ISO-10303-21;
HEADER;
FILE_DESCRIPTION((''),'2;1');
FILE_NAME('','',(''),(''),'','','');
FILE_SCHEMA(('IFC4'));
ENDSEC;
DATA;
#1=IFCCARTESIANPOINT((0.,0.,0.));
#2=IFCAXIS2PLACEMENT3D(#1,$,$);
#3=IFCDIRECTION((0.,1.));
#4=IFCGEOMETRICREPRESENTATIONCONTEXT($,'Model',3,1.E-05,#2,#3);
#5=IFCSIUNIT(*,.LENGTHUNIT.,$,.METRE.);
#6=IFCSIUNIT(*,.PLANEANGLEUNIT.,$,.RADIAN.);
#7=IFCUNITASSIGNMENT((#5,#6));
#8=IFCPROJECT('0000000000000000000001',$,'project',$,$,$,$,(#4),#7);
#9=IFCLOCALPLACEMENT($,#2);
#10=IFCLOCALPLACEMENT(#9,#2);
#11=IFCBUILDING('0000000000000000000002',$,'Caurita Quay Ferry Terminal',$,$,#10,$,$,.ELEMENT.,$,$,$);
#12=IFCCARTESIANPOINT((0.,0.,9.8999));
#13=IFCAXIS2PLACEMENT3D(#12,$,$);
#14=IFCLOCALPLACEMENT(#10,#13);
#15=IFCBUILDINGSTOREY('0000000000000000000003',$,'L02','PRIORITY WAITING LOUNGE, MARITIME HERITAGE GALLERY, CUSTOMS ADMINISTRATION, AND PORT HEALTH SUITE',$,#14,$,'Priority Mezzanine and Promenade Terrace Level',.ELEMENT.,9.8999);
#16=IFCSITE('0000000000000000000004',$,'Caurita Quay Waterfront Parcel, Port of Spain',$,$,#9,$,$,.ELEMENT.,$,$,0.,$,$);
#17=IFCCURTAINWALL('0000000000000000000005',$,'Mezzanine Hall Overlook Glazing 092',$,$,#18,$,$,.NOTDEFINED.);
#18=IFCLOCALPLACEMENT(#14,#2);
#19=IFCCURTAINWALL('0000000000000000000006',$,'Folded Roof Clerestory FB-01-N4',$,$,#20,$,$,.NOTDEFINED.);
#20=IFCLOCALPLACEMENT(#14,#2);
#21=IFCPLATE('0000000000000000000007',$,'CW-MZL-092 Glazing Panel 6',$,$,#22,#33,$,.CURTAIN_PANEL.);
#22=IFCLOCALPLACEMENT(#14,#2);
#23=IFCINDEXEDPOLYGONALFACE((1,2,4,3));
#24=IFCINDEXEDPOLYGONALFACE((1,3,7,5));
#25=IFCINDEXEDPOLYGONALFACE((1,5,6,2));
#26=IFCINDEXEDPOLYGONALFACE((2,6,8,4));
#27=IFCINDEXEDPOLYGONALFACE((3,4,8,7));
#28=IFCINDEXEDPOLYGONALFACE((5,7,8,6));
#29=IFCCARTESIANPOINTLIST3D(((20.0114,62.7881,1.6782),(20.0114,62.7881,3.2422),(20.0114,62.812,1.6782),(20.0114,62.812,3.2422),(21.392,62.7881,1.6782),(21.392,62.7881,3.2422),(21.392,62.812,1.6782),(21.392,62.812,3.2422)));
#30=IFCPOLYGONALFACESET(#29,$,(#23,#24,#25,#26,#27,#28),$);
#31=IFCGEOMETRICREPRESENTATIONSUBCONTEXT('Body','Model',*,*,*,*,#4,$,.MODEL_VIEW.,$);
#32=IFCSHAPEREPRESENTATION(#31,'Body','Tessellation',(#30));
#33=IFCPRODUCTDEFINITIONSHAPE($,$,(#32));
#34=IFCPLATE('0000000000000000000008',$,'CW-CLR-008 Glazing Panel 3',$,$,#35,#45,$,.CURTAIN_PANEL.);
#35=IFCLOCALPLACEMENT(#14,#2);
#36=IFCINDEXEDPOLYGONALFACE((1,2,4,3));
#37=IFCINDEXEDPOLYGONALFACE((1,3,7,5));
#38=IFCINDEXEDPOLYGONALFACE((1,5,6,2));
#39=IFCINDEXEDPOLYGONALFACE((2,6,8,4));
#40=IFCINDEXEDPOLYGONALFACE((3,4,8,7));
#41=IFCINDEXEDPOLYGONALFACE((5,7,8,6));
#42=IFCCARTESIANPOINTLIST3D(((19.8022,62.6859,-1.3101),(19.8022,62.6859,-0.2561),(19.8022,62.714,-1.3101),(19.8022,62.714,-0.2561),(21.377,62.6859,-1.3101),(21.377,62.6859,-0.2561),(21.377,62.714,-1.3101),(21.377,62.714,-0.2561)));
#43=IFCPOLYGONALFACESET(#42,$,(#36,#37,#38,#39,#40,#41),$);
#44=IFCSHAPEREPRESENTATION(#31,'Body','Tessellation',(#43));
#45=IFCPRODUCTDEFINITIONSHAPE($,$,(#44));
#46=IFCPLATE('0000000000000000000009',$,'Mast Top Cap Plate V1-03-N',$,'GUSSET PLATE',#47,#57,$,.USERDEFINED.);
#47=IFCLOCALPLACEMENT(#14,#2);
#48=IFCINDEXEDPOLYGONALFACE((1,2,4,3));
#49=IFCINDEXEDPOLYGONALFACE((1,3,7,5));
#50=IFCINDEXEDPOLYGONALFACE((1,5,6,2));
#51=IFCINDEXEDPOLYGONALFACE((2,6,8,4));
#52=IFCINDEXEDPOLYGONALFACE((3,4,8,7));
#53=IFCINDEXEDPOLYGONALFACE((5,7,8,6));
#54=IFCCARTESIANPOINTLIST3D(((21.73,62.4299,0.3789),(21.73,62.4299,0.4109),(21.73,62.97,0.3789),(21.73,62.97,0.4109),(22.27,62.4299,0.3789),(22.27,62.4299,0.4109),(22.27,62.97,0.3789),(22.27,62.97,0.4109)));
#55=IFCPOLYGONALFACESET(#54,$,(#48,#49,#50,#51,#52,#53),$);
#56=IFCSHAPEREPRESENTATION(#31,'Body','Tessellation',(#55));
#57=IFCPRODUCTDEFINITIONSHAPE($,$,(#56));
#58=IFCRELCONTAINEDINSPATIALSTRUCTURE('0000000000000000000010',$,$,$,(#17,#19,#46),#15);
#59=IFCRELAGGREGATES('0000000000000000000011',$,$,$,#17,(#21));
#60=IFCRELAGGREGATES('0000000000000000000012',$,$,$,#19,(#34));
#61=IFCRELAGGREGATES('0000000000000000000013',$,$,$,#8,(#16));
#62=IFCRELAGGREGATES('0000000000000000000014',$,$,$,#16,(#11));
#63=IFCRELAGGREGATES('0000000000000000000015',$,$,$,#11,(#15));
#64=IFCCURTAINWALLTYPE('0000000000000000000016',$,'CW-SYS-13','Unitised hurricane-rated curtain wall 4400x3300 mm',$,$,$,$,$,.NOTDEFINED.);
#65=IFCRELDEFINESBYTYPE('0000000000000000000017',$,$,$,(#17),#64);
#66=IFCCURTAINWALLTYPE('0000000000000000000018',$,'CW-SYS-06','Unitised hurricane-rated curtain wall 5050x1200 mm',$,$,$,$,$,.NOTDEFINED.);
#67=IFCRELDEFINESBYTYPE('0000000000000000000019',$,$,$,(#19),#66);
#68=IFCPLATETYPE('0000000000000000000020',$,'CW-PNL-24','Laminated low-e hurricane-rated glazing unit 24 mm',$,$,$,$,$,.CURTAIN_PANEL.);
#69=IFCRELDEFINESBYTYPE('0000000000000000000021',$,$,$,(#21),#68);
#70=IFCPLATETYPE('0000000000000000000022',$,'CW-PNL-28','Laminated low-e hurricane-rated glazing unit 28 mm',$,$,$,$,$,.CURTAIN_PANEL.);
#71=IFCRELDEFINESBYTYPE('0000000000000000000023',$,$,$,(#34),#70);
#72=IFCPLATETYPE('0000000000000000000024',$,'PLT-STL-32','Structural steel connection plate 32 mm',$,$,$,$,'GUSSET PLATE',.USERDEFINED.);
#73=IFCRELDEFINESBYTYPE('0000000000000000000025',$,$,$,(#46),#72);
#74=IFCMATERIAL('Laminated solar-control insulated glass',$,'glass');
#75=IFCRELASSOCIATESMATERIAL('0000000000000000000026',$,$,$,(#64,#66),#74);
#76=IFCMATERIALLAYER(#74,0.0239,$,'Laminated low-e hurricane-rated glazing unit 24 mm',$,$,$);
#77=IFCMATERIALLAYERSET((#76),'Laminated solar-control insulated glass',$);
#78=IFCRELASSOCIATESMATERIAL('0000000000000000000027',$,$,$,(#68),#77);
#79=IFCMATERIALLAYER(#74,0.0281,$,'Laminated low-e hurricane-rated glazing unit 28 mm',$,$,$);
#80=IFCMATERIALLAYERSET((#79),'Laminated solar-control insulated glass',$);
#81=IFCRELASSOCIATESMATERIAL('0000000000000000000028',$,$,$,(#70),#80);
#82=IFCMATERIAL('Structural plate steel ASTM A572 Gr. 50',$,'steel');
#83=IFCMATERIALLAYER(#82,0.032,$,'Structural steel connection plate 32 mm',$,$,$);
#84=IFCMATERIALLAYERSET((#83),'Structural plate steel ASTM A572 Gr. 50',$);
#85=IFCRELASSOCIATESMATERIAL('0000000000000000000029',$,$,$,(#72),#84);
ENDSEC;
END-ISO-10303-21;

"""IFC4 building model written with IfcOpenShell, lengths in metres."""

from ifc_helpers import new_model, si_unit, direction, frame, origin, origin_2d, place, context, subcontext, project, spatial, rectangle, extrude, material, layer, layer_set, type_object, element, aggregate, save


model = new_model("IFC4")

# Units and contexts
model_context = context("Model", 3, precision=1e-05, world=origin(), true_north=direction((0.0, 1.0)))
body_context = subcontext(model_context, "Body", "Model", "MODEL_VIEW")
ifc_project = project(units=[si_unit("LENGTHUNIT", "METRE"), si_unit("PLANEANGLEUNIT", "RADIAN")], contexts=[model_context])

# Site, building, storey
site_placement = place(None, origin())
site = spatial("IfcSite", under=ifc_project, at=site_placement, Name="Caurita Quay Waterfront Parcel, Port of Spain", CompositionType="ELEMENT", RefElevation=0.0)
building_placement = place(site_placement, origin())
building = spatial("IfcBuilding", under=site, at=building_placement, Name="Caurita Quay Ferry Terminal", CompositionType="ELEMENT")
storey_placement = place(building_placement, frame((0.0, 0.0, 9.8999)))
storey = spatial("IfcBuildingStorey", under=building, at=storey_placement, Name="L02", Description="PRIORITY WAITING LOUNGE, MARITIME HERITAGE GALLERY, CUSTOMS ADMINISTRATION, AND PORT HEALTH SUITE", LongName="Priority Mezzanine and Promenade Terrace Level", CompositionType="ELEMENT", Elevation=9.8999)

# Curtain wall
ifc_material_1 = material(Name="Laminated solar-control insulated glass", Category="glass")
curtain_wall_type_1 = type_object("IfcCurtainWallType", Name="CW-SYS-13", Description="Unitised hurricane-rated curtain wall 4400x3300 mm", PredefinedType="NOTDEFINED", material=ifc_material_1)
curtain_wall_1_placement = place(storey_placement, origin())
curtain_wall_1 = element("IfcCurtainWall", 1, at=curtain_wall_1_placement, inside=storey, type_object=curtain_wall_type_1, Name="Mezzanine Hall Overlook Glazing 092", PredefinedType="NOTDEFINED")

# Curtain wall
curtain_wall_type_2 = type_object("IfcCurtainWallType", Name="CW-SYS-06", Description="Unitised hurricane-rated curtain wall 5050x1200 mm", PredefinedType="NOTDEFINED", material=ifc_material_1)
curtain_wall_2_placement = place(storey_placement, origin())
curtain_wall_2 = element("IfcCurtainWall", 2, at=curtain_wall_2_placement, inside=storey, type_object=curtain_wall_type_2, Name="Folded Roof Clerestory FB-01-N4", PredefinedType="NOTDEFINED")

# Plates
ifc_layer_1 = layer(ifc_material_1, 0.0239, Name="Laminated low-e hurricane-rated glazing unit 24 mm")
ifc_layer_set_1 = layer_set([ifc_layer_1], Name="Laminated solar-control insulated glass")
plate_type_1 = type_object("IfcPlateType", Name="CW-PNL-24", Description="Laminated low-e hurricane-rated glazing unit 24 mm", PredefinedType="CURTAIN_PANEL", material=ifc_layer_set_1)
plate_1_placement = place(storey_placement, frame((20.7017, 62.8, 1.6782), z_axis=(0.0, 0.0, 1.0), x_axis=(1.0, 0.0, 0.0)))
plate_1 = element("IfcPlate", 3, at=plate_1_placement, type_object=plate_type_1, Name="CW-MZL-092 Glazing Panel 6", PredefinedType="CURTAIN_PANEL", context=body_context, shape_type="SweptSolid", body=[
    extrude(rectangle(XDim=1.3806, YDim=0.0239, at=origin_2d()), origin(), (0.0, 0.0, 1.0), 1.564),
])
aggregate(curtain_wall_1, [plate_1])
ifc_layer_2 = layer(ifc_material_1, 0.0281, Name="Laminated low-e hurricane-rated glazing unit 28 mm")
ifc_layer_set_2 = layer_set([ifc_layer_2], Name="Laminated solar-control insulated glass")
plate_type_2 = type_object("IfcPlateType", Name="CW-PNL-28", Description="Laminated low-e hurricane-rated glazing unit 28 mm", PredefinedType="CURTAIN_PANEL", material=ifc_layer_set_2)
plate_2_placement = place(storey_placement, frame((20.5896, 62.7, -1.3101), z_axis=(0.0, 0.0, 1.0), x_axis=(1.0, 0.0, 0.0)))
plate_2 = element("IfcPlate", 4, at=plate_2_placement, type_object=plate_type_2, Name="CW-CLR-008 Glazing Panel 3", PredefinedType="CURTAIN_PANEL", context=body_context, shape_type="SweptSolid", body=[
    extrude(rectangle(XDim=1.5747, YDim=0.0281, at=origin_2d()), origin(), (0.0, 0.0, 1.0), 1.054),
])
aggregate(curtain_wall_2, [plate_2])
ifc_material_2 = material(Name="Structural plate steel ASTM A572 Gr. 50", Category="steel")
ifc_layer_3 = layer(ifc_material_2, 0.032, Name="Structural steel connection plate 32 mm")
ifc_layer_set_3 = layer_set([ifc_layer_3], Name="Structural plate steel ASTM A572 Gr. 50")
plate_type_3 = type_object("IfcPlateType", Name="PLT-STL-32", Description="Structural steel connection plate 32 mm", ElementType="GUSSET PLATE", PredefinedType="USERDEFINED", material=ifc_layer_set_3)
plate_3_placement = place(storey_placement, frame((22.0, 62.7, 0.3789), z_axis=(0.0, 0.0, 1.0), x_axis=(1.0, 0.0, 0.0)))
element("IfcPlate", 5, at=plate_3_placement, inside=storey, type_object=plate_type_3, Name="Mast Top Cap Plate V1-03-N", ObjectType="GUSSET PLATE", PredefinedType="USERDEFINED", context=body_context, shape_type="SweptSolid", body=[
    extrude(rectangle(XDim=0.54, YDim=0.54, at=origin_2d()), origin(), (0.0, 0.0, 1.0), 0.032),
])

save(model, "model.ifc")
